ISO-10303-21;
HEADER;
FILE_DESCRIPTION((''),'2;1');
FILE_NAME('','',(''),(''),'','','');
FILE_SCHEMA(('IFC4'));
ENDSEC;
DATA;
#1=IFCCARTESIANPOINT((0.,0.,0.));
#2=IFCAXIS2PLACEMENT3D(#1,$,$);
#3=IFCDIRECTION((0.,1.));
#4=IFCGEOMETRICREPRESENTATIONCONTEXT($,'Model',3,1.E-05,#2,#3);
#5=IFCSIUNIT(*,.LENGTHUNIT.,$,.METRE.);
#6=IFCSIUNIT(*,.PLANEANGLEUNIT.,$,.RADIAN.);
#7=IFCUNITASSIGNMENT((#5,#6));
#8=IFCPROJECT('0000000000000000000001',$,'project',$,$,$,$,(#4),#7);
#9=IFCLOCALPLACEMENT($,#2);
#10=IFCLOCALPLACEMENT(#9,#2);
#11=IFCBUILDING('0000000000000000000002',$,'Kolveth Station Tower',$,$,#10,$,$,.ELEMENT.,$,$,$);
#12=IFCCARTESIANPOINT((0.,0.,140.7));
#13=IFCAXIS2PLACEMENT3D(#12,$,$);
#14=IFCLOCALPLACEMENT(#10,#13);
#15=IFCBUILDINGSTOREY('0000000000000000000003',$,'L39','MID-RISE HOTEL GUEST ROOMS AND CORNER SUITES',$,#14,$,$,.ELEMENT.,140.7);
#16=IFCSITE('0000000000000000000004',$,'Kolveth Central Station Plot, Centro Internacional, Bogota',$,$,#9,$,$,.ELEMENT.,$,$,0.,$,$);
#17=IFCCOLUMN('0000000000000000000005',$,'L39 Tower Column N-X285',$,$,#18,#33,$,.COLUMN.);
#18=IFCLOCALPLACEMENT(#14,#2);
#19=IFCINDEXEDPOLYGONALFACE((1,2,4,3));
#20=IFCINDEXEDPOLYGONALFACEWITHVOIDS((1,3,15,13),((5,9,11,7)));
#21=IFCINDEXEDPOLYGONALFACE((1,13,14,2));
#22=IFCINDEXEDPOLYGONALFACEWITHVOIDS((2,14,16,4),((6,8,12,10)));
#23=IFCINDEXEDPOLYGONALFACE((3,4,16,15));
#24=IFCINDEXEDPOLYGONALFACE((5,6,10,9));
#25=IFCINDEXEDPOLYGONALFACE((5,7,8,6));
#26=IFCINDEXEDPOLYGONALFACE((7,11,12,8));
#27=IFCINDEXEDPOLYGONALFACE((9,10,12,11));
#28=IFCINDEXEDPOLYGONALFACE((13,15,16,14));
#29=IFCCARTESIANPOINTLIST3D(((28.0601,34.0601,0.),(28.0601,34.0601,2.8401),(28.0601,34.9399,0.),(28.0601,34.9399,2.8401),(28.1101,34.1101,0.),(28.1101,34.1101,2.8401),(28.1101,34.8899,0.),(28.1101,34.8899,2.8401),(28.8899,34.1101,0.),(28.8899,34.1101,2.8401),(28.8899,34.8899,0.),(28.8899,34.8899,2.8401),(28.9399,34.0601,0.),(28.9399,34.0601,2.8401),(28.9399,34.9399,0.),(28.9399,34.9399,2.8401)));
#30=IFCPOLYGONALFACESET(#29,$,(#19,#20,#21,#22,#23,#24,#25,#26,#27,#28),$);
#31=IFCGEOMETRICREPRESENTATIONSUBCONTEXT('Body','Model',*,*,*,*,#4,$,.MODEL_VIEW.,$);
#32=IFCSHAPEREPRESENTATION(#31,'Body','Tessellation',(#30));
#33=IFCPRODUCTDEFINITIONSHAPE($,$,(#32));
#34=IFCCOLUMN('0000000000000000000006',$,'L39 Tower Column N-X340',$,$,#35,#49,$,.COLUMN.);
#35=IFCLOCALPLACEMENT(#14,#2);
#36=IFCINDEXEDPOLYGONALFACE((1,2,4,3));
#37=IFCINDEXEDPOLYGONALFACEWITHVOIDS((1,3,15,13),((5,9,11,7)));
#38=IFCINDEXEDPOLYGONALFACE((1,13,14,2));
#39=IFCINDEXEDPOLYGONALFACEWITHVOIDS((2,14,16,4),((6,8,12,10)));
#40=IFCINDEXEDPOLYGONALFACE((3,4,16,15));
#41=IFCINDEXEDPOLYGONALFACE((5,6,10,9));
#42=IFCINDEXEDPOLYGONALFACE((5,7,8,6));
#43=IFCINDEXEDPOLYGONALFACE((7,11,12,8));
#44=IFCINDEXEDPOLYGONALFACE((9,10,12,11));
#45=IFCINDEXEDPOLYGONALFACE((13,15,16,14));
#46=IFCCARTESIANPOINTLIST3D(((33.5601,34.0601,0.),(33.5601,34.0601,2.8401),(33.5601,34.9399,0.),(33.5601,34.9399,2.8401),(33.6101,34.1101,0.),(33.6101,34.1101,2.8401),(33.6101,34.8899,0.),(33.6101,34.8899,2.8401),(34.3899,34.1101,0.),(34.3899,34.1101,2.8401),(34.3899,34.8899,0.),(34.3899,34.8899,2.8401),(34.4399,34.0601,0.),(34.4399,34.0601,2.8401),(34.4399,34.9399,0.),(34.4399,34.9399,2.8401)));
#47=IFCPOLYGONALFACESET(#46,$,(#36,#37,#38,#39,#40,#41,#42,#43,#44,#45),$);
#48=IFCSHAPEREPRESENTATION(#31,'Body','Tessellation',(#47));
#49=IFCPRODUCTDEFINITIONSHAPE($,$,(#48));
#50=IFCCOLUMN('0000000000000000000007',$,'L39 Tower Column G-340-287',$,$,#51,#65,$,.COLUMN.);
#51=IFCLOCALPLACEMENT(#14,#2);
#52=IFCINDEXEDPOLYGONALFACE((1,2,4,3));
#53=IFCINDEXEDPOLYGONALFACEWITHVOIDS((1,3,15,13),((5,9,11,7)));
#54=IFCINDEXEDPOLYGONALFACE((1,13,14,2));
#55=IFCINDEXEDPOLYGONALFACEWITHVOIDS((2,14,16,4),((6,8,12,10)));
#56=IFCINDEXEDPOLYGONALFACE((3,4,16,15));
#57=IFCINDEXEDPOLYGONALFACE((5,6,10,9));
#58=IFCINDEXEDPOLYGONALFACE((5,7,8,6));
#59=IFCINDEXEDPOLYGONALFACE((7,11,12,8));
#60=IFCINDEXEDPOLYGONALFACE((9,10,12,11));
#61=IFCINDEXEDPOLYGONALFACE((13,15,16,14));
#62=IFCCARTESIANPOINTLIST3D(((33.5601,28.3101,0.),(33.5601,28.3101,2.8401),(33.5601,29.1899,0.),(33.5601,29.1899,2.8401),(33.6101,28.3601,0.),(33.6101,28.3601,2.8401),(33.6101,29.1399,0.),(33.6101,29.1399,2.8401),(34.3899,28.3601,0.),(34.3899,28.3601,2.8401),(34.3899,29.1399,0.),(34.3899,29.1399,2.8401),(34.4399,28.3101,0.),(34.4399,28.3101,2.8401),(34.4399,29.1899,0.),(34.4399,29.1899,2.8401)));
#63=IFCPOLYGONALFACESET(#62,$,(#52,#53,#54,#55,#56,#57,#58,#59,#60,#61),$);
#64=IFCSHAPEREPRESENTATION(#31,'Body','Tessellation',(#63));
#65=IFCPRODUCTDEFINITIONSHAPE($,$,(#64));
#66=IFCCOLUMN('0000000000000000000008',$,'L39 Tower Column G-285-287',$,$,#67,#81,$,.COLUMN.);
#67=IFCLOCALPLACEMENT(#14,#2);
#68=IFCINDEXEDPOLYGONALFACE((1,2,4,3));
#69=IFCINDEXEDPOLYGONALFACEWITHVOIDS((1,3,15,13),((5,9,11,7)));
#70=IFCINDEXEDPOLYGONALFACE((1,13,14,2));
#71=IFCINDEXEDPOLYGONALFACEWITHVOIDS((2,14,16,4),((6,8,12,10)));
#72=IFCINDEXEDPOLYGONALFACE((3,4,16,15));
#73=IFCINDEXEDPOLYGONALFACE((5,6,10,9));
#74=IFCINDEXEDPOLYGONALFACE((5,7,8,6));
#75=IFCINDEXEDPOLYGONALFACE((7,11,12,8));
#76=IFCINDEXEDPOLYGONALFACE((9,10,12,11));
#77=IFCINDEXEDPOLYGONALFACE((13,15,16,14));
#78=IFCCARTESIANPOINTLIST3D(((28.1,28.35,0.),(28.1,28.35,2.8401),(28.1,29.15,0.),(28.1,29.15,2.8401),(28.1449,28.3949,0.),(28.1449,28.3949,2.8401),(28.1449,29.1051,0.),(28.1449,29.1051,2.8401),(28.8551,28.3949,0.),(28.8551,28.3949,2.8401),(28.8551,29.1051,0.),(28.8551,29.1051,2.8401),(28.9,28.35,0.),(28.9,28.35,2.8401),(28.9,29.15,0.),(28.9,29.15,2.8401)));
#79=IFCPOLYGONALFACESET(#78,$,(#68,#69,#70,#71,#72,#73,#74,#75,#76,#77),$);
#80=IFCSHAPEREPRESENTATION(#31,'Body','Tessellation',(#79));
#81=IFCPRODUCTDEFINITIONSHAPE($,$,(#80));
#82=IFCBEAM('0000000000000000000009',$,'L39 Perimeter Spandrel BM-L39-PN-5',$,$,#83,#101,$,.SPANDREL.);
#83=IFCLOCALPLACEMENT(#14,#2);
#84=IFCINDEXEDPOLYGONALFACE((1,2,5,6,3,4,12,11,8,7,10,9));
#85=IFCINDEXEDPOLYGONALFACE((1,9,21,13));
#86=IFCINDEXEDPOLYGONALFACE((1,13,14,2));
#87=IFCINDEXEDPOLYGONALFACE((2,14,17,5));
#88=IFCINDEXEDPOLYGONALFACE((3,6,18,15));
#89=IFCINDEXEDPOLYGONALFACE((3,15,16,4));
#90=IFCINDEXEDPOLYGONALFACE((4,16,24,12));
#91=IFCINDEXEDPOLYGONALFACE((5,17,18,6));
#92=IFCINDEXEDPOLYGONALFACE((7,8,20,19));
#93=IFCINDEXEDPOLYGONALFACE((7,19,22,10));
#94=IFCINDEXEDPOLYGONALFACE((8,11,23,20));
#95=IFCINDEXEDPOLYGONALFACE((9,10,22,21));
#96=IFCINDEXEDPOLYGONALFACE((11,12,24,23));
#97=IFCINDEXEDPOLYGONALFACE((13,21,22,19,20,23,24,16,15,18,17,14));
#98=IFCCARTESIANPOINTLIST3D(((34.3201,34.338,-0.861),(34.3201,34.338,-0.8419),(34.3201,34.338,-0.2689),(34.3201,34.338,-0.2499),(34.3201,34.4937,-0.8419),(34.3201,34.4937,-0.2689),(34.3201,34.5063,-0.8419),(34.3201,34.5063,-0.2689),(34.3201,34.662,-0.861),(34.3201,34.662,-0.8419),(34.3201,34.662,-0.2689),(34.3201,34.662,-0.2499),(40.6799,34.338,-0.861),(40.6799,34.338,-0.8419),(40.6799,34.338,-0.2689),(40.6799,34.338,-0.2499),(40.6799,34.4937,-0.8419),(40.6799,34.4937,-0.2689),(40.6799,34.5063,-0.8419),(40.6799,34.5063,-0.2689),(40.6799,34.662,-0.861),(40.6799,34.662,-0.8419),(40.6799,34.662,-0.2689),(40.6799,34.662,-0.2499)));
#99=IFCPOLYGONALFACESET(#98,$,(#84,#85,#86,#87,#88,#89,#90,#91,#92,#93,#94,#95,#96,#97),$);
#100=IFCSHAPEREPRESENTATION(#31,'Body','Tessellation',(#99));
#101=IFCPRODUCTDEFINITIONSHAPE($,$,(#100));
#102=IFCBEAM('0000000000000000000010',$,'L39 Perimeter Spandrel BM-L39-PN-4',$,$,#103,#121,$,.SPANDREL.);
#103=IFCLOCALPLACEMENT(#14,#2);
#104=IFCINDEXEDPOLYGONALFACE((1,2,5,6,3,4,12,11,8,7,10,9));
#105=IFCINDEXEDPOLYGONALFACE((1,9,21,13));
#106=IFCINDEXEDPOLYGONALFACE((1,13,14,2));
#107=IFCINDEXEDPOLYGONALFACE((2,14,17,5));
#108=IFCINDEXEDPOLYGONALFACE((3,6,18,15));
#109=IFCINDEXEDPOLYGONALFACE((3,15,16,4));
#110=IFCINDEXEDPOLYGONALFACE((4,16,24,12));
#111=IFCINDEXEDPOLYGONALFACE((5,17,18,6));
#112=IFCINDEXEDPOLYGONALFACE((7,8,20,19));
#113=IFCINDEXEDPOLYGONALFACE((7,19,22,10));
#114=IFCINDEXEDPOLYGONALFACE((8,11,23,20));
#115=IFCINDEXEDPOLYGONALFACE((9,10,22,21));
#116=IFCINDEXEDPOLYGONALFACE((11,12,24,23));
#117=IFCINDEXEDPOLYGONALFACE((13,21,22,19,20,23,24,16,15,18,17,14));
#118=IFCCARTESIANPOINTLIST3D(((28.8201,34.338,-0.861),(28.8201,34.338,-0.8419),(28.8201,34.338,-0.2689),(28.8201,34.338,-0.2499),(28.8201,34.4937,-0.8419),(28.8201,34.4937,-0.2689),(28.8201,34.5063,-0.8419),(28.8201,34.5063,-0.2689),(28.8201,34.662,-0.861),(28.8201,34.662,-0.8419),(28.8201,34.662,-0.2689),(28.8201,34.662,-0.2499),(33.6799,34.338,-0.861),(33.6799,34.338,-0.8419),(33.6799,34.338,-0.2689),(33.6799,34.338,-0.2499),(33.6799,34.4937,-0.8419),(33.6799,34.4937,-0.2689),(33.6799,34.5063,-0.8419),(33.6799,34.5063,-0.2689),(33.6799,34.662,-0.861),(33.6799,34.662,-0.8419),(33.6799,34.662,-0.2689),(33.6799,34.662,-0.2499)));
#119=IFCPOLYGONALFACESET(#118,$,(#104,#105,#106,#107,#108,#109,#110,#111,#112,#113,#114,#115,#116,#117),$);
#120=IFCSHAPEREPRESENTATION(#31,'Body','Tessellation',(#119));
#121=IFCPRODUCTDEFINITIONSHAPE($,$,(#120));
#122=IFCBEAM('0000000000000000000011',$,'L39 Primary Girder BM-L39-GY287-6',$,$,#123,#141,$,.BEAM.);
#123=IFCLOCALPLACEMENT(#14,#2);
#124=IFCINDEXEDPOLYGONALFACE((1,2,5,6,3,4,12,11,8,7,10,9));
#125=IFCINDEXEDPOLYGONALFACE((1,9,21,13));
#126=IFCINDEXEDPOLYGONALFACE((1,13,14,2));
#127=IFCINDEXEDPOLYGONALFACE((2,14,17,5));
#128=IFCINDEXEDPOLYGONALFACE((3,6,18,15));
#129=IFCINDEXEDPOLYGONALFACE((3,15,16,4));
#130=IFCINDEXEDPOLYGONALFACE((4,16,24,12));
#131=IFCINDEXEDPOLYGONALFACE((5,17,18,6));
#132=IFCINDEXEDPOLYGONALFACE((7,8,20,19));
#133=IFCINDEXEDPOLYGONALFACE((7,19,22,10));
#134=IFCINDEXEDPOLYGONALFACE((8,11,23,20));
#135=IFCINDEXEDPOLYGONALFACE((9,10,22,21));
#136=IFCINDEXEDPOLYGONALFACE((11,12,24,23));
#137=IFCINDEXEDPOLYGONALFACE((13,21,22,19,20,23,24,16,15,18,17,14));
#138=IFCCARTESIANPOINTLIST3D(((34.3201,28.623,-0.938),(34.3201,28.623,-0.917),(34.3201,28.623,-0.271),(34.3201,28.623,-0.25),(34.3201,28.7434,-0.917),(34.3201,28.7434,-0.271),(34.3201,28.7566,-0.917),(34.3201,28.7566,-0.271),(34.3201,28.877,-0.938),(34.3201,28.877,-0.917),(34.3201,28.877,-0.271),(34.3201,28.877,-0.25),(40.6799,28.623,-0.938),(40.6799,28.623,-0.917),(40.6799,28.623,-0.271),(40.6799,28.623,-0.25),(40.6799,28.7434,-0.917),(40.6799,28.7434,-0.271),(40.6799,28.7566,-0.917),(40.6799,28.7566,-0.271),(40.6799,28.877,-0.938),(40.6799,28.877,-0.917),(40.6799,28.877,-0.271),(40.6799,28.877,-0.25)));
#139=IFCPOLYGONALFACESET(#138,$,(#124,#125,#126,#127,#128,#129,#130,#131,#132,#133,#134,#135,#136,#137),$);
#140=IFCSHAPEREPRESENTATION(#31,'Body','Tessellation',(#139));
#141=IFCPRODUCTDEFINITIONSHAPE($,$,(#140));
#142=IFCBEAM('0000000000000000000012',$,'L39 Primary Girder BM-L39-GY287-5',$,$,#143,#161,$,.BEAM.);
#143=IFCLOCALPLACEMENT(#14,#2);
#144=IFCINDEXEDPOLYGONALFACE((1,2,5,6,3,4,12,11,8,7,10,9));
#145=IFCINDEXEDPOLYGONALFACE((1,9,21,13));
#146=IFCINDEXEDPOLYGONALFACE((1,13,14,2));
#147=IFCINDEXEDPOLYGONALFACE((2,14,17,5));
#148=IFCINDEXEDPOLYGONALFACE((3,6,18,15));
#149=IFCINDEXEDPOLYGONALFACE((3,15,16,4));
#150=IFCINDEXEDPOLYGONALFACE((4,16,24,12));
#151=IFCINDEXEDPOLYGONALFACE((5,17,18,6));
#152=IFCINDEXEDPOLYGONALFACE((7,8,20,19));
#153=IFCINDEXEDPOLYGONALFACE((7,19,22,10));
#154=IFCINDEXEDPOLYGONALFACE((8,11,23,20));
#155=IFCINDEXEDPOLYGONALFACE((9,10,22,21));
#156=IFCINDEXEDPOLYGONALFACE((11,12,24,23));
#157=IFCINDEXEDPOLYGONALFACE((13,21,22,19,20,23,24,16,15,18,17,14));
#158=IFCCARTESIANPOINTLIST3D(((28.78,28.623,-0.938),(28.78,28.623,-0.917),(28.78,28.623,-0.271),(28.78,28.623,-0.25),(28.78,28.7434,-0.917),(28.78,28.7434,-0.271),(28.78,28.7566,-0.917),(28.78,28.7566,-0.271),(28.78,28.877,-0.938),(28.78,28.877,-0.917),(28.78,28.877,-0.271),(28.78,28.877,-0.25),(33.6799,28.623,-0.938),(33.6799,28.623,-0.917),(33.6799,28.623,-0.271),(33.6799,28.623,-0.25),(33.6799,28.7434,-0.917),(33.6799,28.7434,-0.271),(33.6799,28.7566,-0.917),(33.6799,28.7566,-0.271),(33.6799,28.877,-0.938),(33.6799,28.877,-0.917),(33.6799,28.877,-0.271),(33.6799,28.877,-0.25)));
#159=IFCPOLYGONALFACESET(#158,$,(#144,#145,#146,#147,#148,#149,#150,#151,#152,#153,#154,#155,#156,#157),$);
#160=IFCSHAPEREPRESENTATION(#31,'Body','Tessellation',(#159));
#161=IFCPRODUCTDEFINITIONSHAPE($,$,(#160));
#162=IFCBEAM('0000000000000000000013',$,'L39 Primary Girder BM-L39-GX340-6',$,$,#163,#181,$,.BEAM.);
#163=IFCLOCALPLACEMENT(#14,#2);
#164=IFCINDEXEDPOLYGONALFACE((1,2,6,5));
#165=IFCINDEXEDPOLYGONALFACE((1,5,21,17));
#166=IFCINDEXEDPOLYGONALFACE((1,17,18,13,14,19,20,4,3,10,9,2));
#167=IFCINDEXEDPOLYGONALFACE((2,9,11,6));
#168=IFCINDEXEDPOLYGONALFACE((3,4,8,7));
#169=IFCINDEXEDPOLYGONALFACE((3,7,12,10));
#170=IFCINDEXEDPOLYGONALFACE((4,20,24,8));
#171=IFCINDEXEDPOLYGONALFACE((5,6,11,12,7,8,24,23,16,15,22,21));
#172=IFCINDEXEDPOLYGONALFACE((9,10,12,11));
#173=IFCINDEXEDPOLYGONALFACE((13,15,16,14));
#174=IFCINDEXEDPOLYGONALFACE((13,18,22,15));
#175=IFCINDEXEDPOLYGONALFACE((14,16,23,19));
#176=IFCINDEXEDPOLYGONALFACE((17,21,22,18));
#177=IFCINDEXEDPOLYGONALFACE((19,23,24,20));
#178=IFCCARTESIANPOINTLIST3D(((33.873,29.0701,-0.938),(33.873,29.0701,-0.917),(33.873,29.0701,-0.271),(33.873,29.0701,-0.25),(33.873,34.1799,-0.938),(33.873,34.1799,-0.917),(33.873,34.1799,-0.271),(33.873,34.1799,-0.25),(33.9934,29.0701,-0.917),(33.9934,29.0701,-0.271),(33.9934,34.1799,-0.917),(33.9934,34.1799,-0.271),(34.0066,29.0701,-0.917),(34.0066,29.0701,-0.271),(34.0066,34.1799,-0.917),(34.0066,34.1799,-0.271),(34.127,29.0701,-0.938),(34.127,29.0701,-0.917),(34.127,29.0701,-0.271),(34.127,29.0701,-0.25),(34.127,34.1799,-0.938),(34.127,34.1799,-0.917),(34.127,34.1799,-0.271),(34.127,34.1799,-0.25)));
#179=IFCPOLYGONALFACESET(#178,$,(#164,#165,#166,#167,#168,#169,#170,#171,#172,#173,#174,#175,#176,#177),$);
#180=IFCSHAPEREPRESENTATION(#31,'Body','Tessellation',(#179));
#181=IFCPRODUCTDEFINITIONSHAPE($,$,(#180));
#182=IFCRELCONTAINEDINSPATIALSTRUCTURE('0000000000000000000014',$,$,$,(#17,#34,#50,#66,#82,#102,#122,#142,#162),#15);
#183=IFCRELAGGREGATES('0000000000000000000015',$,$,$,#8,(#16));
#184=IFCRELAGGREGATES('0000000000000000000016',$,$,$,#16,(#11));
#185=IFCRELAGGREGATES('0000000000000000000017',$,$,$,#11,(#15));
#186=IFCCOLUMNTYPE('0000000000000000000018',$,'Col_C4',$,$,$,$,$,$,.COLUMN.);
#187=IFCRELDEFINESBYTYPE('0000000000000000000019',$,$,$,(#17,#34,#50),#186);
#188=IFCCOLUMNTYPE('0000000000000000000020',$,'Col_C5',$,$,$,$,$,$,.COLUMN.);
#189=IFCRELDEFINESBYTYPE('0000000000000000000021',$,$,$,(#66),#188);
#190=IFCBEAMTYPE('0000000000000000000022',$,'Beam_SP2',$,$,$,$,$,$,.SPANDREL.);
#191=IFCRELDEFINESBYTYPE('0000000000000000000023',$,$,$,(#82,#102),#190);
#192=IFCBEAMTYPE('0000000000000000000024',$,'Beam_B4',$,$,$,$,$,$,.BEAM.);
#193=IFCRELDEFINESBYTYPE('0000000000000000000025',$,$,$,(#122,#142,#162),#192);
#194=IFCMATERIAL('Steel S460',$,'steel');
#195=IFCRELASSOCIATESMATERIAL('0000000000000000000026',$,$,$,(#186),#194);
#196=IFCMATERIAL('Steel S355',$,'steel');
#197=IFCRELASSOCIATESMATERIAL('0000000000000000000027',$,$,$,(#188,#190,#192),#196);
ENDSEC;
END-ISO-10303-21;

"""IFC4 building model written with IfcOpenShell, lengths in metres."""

from ifc_helpers import new_model, si_unit, direction, frame, origin, origin_2d, place, context, subcontext, project, spatial, hollow_rectangle, i_section, extrude, source, transform, mapped, material, material_profile, profile_set, type_object, element, save


model = new_model("IFC4")

# Units and contexts
model_context = context("Model", 3, precision=1e-05, world=origin(), true_north=direction((0.0, 1.0)))
body_context = subcontext(model_context, "Body", "Model", "MODEL_VIEW")
ifc_project = project(units=[si_unit("LENGTHUNIT", "METRE"), si_unit("PLANEANGLEUNIT", "RADIAN")], contexts=[model_context])

# Site, building, storey
site_placement = place(None, origin())
site = spatial("IfcSite", under=ifc_project, at=site_placement, Name="Kolveth Central Station Plot, Centro Internacional, Bogota", CompositionType="ELEMENT", RefElevation=0.0)
building_placement = place(site_placement, origin())
building = spatial("IfcBuilding", under=site, at=building_placement, Name="Kolveth Station Tower", CompositionType="ELEMENT")
storey_placement = place(building_placement, frame((0.0, 0.0, 140.7)))
storey = spatial("IfcBuildingStorey", under=building, at=storey_placement, Name="L39", Description="MID-RISE HOTEL GUEST ROOMS AND CORNER SUITES", CompositionType="ELEMENT", Elevation=140.7)

# Columns
ifc_material_1 = material(Name="Steel S460", Category="steel")
ifc_material_profile_1 = material_profile(ifc_material_1, hollow_rectangle(XDim=0.8799, YDim=0.8799, WallThickness=0.05, at=origin_2d()), Name="BOX880x880x50")
ifc_profile_set_1 = profile_set([ifc_material_profile_1], Name="Steel S460")
column_type_1 = type_object("IfcColumnType", Name="Col_C4", PredefinedType="COLUMN", material=ifc_profile_set_1)
shared_shape_1 = source(origin(), body_context, "Body", "SweptSolid", [
    extrude(hollow_rectangle(XDim=0.8799, YDim=0.8799, WallThickness=0.05, at=origin_2d()), origin(), (0.0, 0.0, 1.0), 2.8401),
])
for number, where, z_axis, x_axis, name in (
    (1, (28.5, 34.5, 0.0), (0.0, 0.0, 1.0), (1.0, 0.0, 0.0), "L39 Tower Column N-X285"),
    (2, (34.0, 34.5, 0.0), (0.0, 0.0, 1.0), (1.0, 0.0, 0.0), "L39 Tower Column N-X340"),
    (3, (34.0, 28.75, 0.0), (0.0, 0.0, 1.0), (1.0, 0.0, 0.0), "L39 Tower Column G-340-287"),
):
    element("IfcColumn", number, at=place(storey_placement, frame(where, z_axis=z_axis, x_axis=x_axis)), inside=storey, type_object=column_type_1, Name=name, PredefinedType="COLUMN", context=body_context, shape_type="MappedRepresentation", body=[
        mapped(shared_shape_1, transform((0.0, 0.0, 0.0), x_axis=(1.0, 0.0, 0.0), y_axis=(0.0, 1.0, 0.0), z_axis=(0.0, 0.0, 1.0), scale=1.0)),
    ])
ifc_material_2 = material(Name="Steel S355", Category="steel")
ifc_material_profile_2 = material_profile(ifc_material_2, hollow_rectangle(XDim=0.8, YDim=0.8, WallThickness=0.0449, at=origin_2d()), Name="BOX800x800x45")
ifc_profile_set_2 = profile_set([ifc_material_profile_2], Name="Steel S355")
column_type_2 = type_object("IfcColumnType", Name="Col_C5", PredefinedType="COLUMN", material=ifc_profile_set_2)
shared_shape_2 = source(origin(), body_context, "Body", "SweptSolid", [
    extrude(hollow_rectangle(XDim=0.8, YDim=0.8, WallThickness=0.0449, at=origin_2d()), origin(), (0.0, 0.0, 1.0), 2.8401),
])
column_placement = place(storey_placement, frame((28.5, 28.75, 0.0), z_axis=(0.0, 0.0, 1.0), x_axis=(1.0, 0.0, 0.0)))
element("IfcColumn", 4, at=column_placement, inside=storey, type_object=column_type_2, Name="L39 Tower Column G-285-287", PredefinedType="COLUMN", context=body_context, shape_type="MappedRepresentation", body=[
    mapped(shared_shape_2, transform((0.0, 0.0, 0.0), x_axis=(1.0, 0.0, 0.0), y_axis=(0.0, 1.0, 0.0), z_axis=(0.0, 0.0, 1.0), scale=1.0)),
])

# Beams
ifc_material_profile_3 = material_profile(ifc_material_2, i_section(OverallWidth=0.324, OverallDepth=0.6111, WebThickness=0.0127, FlangeThickness=0.019, at=origin_2d()), Name="W610x155")
ifc_profile_set_3 = profile_set([ifc_material_profile_3], Name="Steel S355")
beam_type_1 = type_object("IfcBeamType", Name="Beam_SP2", PredefinedType="SPANDREL", material=ifc_profile_set_3)
shared_shape_3 = source(origin(), body_context, "Body", "SweptSolid", [
    extrude(i_section(OverallWidth=0.324, OverallDepth=0.6111, WebThickness=0.0127, FlangeThickness=0.019, at=origin_2d()), origin(), (0.0, 0.0, 1.0), 6.3599),
])
beam_1_placement = place(storey_placement, frame((34.3201, 34.5, -0.5554), z_axis=(1.0, 0.0, 0.0), x_axis=(0.0, 1.0, 0.0)))
element("IfcBeam", 5, at=beam_1_placement, inside=storey, type_object=beam_type_1, Name="L39 Perimeter Spandrel BM-L39-PN-5", PredefinedType="SPANDREL", context=body_context, shape_type="MappedRepresentation", body=[
    mapped(shared_shape_3, transform((0.0, 0.0, 0.0), x_axis=(1.0, 0.0, 0.0), y_axis=(0.0, 1.0, 0.0), z_axis=(0.0, 0.0, 1.0), scale=1.0)),
])
shared_shape_4 = source(origin(), body_context, "Body", "SweptSolid", [
    extrude(i_section(OverallWidth=0.324, OverallDepth=0.6111, WebThickness=0.0127, FlangeThickness=0.019, at=origin_2d()), origin(), (0.0, 0.0, 1.0), 4.8599),
])
beam_2_placement = place(storey_placement, frame((28.8201, 34.5, -0.5554), z_axis=(1.0, 0.0, 0.0), x_axis=(0.0, 1.0, 0.0)))
element("IfcBeam", 6, at=beam_2_placement, inside=storey, type_object=beam_type_1, Name="L39 Perimeter Spandrel BM-L39-PN-4", PredefinedType="SPANDREL", context=body_context, shape_type="MappedRepresentation", body=[
    mapped(shared_shape_4, transform((0.0, 0.0, 0.0), x_axis=(1.0, 0.0, 0.0), y_axis=(0.0, 1.0, 0.0), z_axis=(0.0, 0.0, 1.0), scale=1.0)),
])
ifc_material_profile_4 = material_profile(ifc_material_2, i_section(OverallWidth=0.2539, OverallDepth=0.688, WebThickness=0.0132, FlangeThickness=0.021, at=origin_2d()), Name="W690x152")
ifc_profile_set_4 = profile_set([ifc_material_profile_4], Name="Steel S355")
beam_type_2 = type_object("IfcBeamType", Name="Beam_B4", PredefinedType="BEAM", material=ifc_profile_set_4)
shared_shape_5 = source(origin(), body_context, "Body", "SweptSolid", [
    extrude(i_section(OverallWidth=0.2539, OverallDepth=0.688, WebThickness=0.0132, FlangeThickness=0.021, at=origin_2d()), origin(), (0.0, 0.0, 1.0), 6.3599),
])
beam_3_placement = place(storey_placement, frame((34.3201, 28.75, -0.594), z_axis=(1.0, 0.0, 0.0), x_axis=(0.0, 1.0, 0.0)))
element("IfcBeam", 7, at=beam_3_placement, inside=storey, type_object=beam_type_2, Name="L39 Primary Girder BM-L39-GY287-6", PredefinedType="BEAM", context=body_context, shape_type="MappedRepresentation", body=[
    mapped(shared_shape_5, transform((0.0, 0.0, 0.0), x_axis=(1.0, 0.0, 0.0), y_axis=(0.0, 1.0, 0.0), z_axis=(0.0, 0.0, 1.0), scale=1.0)),
])
shared_shape_6 = source(origin(), body_context, "Body", "SweptSolid", [
    extrude(i_section(OverallWidth=0.2539, OverallDepth=0.688, WebThickness=0.0132, FlangeThickness=0.021, at=origin_2d()), origin(), (0.0, 0.0, 1.0), 4.8999),
])
beam_4_placement = place(storey_placement, frame((28.78, 28.75, -0.594), z_axis=(1.0, 0.0, 0.0), x_axis=(0.0, 1.0, 0.0)))
element("IfcBeam", 8, at=beam_4_placement, inside=storey, type_object=beam_type_2, Name="L39 Primary Girder BM-L39-GY287-5", PredefinedType="BEAM", context=body_context, shape_type="MappedRepresentation", body=[
    mapped(shared_shape_6, transform((0.0, 0.0, 0.0), x_axis=(1.0, 0.0, 0.0), y_axis=(0.0, 1.0, 0.0), z_axis=(0.0, 0.0, 1.0), scale=1.0)),
])
shared_shape_7 = source(origin(), body_context, "Body", "SweptSolid", [
    extrude(i_section(OverallWidth=0.2539, OverallDepth=0.688, WebThickness=0.0132, FlangeThickness=0.021, at=origin_2d()), origin(), (0.0, 0.0, 1.0), 5.1099),
])
beam_5_placement = place(storey_placement, frame((34.0, 29.0701, -0.594), z_axis=(0.0, 1.0, 0.0), x_axis=(-1.0, 0.0, 0.0)))
element("IfcBeam", 9, at=beam_5_placement, inside=storey, type_object=beam_type_2, Name="L39 Primary Girder BM-L39-GX340-6", PredefinedType="BEAM", context=body_context, shape_type="MappedRepresentation", body=[
    mapped(shared_shape_7, transform((0.0, 0.0, 0.0), x_axis=(1.0, 0.0, 0.0), y_axis=(0.0, 1.0, 0.0), z_axis=(0.0, 0.0, 1.0), scale=1.0)),
])

save(model, "model.ifc")
